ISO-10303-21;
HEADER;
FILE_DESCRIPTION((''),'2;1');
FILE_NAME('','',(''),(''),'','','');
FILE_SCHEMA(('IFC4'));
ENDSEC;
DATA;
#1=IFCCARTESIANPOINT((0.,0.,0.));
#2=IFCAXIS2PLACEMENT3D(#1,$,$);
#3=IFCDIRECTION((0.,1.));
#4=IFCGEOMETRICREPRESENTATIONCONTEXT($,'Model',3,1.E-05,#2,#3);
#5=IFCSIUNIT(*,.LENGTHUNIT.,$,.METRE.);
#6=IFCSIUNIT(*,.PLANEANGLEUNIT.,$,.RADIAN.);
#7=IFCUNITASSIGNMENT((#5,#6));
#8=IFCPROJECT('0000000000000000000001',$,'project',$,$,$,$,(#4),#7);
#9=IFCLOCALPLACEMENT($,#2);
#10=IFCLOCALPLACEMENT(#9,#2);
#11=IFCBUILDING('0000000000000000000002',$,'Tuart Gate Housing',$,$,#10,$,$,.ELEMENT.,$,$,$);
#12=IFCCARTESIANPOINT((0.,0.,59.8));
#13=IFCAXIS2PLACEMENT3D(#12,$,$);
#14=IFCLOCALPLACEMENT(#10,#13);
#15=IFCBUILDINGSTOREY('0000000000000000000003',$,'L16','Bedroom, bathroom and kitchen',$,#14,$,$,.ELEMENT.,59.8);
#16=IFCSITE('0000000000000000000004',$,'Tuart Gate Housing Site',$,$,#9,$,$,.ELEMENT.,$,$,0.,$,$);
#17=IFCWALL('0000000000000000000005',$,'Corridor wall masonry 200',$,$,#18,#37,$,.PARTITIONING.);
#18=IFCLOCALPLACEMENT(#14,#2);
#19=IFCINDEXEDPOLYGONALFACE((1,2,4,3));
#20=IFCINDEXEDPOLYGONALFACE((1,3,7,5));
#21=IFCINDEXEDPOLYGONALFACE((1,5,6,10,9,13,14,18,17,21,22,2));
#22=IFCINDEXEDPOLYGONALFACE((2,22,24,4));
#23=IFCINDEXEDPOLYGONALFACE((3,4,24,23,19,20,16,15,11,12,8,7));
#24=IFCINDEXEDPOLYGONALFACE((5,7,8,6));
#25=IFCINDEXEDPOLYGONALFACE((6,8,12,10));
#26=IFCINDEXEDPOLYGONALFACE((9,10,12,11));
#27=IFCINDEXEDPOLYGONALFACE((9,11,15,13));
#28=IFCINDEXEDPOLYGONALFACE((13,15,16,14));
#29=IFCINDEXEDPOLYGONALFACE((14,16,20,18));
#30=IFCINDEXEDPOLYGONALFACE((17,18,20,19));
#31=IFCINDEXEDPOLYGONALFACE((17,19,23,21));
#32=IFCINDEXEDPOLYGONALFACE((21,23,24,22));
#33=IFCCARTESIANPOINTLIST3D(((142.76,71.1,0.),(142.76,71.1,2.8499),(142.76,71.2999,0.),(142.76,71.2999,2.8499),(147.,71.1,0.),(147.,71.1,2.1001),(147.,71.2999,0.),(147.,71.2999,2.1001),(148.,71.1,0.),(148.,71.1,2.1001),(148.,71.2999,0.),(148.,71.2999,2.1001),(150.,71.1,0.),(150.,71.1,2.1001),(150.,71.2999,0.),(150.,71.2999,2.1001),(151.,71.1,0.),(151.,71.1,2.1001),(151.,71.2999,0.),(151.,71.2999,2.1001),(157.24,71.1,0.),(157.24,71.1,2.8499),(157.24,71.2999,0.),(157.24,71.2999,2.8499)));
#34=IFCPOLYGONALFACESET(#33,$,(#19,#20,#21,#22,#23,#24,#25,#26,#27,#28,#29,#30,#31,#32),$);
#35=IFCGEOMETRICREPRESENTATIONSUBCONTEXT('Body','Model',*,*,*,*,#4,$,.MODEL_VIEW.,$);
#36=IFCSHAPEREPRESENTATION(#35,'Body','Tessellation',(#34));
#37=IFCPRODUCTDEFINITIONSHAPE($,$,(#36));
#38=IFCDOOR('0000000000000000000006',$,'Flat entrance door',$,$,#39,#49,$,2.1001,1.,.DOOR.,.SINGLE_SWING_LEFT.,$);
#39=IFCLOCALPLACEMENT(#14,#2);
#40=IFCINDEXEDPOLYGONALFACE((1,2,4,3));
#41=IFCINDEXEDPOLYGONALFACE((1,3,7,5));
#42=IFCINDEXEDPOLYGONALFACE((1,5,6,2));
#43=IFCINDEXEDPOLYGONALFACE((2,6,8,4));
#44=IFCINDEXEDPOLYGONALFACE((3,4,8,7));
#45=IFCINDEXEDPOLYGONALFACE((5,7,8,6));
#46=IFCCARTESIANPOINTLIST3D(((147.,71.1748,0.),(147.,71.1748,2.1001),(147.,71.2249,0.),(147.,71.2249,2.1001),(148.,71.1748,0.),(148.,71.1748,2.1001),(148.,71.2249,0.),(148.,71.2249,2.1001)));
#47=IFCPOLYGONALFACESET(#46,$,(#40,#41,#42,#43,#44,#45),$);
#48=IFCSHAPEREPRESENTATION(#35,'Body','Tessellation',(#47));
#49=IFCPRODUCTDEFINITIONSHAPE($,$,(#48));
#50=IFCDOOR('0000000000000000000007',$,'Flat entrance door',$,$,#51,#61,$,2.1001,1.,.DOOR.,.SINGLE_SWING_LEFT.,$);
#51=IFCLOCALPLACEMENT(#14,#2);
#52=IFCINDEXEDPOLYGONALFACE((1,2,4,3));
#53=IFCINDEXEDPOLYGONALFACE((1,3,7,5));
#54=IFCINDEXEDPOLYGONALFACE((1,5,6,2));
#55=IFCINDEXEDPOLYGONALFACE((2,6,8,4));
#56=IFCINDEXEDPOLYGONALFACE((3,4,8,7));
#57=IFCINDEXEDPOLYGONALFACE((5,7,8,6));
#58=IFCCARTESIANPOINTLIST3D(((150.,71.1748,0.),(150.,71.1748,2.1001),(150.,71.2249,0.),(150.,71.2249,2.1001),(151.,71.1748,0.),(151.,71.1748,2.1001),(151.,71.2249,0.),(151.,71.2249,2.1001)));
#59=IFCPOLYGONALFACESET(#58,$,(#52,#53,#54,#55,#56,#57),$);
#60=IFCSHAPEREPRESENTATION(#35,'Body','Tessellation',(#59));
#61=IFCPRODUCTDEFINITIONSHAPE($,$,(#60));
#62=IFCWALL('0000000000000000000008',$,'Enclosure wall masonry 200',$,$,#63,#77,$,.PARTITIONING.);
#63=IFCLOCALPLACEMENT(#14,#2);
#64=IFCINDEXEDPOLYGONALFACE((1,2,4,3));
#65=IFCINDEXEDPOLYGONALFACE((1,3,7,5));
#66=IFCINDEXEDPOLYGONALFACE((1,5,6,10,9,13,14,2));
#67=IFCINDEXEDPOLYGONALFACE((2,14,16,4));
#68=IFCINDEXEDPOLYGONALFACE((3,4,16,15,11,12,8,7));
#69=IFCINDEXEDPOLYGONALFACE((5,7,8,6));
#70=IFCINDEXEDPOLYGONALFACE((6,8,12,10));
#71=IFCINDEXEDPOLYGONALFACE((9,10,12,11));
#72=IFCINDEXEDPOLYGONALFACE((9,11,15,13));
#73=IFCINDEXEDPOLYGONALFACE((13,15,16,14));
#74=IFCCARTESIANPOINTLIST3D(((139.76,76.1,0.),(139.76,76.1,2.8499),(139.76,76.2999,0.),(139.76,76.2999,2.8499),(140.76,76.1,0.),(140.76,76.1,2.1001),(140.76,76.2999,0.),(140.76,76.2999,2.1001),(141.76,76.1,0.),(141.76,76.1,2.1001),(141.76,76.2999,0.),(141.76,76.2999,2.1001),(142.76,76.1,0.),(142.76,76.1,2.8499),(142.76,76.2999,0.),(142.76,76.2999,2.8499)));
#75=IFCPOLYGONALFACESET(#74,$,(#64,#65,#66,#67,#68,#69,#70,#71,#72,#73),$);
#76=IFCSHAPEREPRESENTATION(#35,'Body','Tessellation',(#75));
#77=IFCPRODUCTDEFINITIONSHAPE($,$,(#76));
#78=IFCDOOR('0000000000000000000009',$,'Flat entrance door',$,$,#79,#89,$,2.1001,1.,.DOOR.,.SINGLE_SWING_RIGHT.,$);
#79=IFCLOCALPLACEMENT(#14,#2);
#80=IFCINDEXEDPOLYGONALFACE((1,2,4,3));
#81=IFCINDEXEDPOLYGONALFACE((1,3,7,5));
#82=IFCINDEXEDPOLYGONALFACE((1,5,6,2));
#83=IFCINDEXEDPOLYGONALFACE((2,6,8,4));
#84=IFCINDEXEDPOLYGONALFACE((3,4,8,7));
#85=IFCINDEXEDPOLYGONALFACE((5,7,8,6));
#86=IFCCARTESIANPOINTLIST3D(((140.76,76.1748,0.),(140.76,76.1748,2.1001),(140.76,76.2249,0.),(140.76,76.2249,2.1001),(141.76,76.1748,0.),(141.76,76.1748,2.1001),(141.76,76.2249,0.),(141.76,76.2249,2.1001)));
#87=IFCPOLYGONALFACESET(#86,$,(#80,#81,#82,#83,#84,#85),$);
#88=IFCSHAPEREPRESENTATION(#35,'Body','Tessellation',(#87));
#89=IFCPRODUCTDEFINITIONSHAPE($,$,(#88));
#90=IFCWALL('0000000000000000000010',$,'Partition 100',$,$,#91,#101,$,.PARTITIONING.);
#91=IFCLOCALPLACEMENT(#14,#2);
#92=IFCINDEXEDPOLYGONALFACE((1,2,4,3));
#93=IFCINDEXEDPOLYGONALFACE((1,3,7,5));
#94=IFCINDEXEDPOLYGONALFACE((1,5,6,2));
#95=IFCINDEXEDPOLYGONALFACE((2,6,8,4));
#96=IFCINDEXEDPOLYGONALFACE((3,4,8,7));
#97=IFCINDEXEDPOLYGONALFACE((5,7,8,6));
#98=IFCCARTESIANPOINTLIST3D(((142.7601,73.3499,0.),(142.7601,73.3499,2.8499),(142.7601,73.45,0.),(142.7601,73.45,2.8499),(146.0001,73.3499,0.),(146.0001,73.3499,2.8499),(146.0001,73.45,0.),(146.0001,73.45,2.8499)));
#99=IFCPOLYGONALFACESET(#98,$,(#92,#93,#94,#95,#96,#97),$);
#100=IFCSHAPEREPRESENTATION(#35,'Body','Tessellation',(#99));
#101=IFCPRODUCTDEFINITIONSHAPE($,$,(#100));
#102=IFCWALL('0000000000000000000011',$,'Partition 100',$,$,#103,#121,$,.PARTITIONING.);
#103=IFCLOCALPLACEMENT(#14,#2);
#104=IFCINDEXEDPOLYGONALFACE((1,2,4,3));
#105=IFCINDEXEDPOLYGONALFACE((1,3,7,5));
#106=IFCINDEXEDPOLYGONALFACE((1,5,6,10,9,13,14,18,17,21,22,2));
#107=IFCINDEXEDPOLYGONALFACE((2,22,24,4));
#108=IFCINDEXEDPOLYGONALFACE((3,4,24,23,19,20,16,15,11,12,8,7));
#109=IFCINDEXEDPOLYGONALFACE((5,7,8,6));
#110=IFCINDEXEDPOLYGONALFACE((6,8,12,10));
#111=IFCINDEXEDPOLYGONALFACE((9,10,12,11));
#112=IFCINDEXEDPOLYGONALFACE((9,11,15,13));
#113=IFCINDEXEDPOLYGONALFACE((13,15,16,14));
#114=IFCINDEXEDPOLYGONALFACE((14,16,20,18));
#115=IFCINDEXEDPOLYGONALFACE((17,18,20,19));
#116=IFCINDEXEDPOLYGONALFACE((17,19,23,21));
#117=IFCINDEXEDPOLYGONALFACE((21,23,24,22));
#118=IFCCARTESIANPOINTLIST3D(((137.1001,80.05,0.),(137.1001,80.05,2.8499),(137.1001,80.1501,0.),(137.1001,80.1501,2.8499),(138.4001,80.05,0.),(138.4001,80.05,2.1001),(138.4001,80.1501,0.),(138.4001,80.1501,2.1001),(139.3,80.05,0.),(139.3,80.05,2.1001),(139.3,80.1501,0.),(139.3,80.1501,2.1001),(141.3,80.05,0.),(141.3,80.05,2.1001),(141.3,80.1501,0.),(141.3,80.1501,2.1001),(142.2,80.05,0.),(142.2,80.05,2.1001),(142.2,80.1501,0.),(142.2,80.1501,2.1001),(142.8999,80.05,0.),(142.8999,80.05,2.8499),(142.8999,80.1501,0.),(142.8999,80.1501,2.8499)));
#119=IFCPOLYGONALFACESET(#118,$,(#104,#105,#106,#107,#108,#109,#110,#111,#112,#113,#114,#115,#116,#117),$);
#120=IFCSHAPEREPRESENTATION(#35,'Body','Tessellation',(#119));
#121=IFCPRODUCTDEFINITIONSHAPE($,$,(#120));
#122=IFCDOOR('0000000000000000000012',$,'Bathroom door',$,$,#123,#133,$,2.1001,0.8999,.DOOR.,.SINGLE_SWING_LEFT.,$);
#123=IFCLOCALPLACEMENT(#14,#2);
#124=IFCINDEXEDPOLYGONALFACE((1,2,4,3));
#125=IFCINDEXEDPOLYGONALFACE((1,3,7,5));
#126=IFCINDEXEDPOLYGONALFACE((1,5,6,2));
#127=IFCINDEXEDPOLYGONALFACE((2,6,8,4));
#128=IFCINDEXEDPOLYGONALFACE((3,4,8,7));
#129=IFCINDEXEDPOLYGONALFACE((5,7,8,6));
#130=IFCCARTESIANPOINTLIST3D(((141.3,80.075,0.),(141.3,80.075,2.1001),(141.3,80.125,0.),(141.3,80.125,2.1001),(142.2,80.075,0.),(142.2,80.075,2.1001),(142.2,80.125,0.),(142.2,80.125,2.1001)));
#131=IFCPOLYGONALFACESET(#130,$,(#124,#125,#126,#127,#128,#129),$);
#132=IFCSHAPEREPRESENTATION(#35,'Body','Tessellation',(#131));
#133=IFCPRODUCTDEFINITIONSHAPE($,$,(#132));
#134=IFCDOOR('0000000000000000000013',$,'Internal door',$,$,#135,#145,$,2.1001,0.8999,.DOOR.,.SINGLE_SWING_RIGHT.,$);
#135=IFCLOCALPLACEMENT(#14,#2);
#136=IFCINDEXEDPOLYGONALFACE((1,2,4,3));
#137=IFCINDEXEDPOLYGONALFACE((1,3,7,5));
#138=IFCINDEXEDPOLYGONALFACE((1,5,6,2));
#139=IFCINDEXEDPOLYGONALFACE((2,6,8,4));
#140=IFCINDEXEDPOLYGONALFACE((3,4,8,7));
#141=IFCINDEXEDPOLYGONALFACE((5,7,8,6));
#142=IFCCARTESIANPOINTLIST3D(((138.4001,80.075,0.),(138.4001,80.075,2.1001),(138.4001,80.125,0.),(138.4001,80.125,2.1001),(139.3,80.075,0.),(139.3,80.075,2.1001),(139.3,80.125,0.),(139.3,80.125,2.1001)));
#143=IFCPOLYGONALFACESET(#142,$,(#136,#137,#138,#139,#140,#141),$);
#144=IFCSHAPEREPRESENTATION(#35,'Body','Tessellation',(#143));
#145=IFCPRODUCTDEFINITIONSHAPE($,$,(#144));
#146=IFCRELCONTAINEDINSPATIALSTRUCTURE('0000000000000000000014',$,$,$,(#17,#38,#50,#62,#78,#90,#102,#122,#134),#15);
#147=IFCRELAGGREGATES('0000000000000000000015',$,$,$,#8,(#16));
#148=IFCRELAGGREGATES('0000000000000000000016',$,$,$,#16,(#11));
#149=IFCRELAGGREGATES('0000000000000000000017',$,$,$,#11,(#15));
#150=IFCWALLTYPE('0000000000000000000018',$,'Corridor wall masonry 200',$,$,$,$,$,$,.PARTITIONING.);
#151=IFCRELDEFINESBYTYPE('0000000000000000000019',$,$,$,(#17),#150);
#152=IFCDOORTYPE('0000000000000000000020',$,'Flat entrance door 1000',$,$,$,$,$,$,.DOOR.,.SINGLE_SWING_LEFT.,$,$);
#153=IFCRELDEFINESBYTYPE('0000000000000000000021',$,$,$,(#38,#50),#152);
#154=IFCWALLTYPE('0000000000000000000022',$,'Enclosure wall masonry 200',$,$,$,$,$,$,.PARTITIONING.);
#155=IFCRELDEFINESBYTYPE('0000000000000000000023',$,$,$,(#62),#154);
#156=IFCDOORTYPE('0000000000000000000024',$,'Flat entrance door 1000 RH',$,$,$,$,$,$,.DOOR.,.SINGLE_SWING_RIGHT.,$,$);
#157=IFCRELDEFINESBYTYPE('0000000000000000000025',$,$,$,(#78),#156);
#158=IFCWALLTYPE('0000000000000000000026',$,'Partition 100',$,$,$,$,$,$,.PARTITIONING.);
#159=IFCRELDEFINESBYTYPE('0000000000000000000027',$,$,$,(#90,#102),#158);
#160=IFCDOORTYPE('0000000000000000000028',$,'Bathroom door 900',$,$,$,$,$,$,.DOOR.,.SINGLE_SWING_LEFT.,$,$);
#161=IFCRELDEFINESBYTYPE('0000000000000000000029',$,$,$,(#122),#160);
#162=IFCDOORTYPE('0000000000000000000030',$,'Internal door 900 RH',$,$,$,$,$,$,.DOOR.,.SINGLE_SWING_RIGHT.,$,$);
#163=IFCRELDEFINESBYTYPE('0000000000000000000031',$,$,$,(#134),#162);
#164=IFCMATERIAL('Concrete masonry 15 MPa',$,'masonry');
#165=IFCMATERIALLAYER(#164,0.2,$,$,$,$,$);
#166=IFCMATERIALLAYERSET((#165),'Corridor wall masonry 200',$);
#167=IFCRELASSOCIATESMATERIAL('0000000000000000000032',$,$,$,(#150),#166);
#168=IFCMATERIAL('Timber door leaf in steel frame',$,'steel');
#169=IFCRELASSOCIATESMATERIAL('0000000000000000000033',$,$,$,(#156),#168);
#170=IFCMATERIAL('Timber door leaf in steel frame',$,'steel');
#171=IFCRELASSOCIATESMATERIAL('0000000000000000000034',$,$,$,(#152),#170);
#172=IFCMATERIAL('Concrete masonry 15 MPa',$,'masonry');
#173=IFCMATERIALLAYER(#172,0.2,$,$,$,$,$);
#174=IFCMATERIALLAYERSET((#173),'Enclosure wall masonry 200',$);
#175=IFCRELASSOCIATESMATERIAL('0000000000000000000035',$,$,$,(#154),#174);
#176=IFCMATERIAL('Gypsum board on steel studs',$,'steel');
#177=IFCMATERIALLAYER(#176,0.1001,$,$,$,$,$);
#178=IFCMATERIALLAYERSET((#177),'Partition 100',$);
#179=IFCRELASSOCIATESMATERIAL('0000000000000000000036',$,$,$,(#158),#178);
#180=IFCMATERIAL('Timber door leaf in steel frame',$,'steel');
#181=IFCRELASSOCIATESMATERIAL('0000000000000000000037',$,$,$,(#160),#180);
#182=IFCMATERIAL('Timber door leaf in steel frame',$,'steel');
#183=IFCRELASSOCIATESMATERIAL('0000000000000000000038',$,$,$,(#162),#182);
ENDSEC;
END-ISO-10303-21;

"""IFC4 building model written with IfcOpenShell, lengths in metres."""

from ifc_helpers import new_model, si_unit, direction, frame, frame_2d, origin, place, context, subcontext, project, spatial, rectangle, extrude, material, layer, layer_set, type_object, element, fill, save


model = new_model("IFC4")

# Units and contexts
model_context = context("Model", 3, precision=1e-05, world=origin(), true_north=direction((0.0, 1.0)))
body_context = subcontext(model_context, "Body", "Model", "MODEL_VIEW")
ifc_project = project(units=[si_unit("LENGTHUNIT", "METRE"), si_unit("PLANEANGLEUNIT", "RADIAN")], contexts=[model_context])

# Site, building, storey
site_placement = place(None, origin())
site = spatial("IfcSite", under=ifc_project, at=site_placement, Name="Tuart Gate Housing Site", CompositionType="ELEMENT", RefElevation=0.0)
building_placement = place(site_placement, origin())
building = spatial("IfcBuilding", under=site, at=building_placement, Name="Tuart Gate Housing", CompositionType="ELEMENT")
storey_placement = place(building_placement, frame((0.0, 0.0, 59.8)))
storey = spatial("IfcBuildingStorey", under=building, at=storey_placement, Name="L16", Description="Bedroom, bathroom and kitchen", CompositionType="ELEMENT", Elevation=59.8)

# Wall, openings, doors
ifc_material_1 = material(Name="Concrete masonry 15 MPa", Category="masonry")
ifc_layer_1 = layer(ifc_material_1, 0.2)
ifc_layer_set_1 = layer_set([ifc_layer_1], Name="Corridor wall masonry 200")
wall_type_1 = type_object("IfcWallType", Name="Corridor wall masonry 200", PredefinedType="PARTITIONING", material=ifc_layer_set_1)
ifc_material_2 = material(Name="Timber door leaf in steel frame", Category="steel")
door_type_1 = type_object("IfcDoorType", Name="Flat entrance door 1000 RH", OperationType="SINGLE_SWING_RIGHT", PredefinedType="DOOR", material=ifc_material_2)
wall_1_placement = place(storey_placement, frame((142.76, 71.2, 0.0), z_axis=(0.0, 0.0, 1.0), x_axis=(1.0, 0.0, 0.0)))
wall_1 = element("IfcWall", 1, at=wall_1_placement, inside=storey, type_object=wall_type_1, Name="Corridor wall masonry 200", PredefinedType="PARTITIONING", context=body_context, shape_type="SweptSolid", body=[
    extrude(rectangle(XDim=14.48, YDim=0.2, at=frame_2d((7.24, 0.0))), origin(), (0.0, 0.0, 1.0), 2.8499),
])
opening_1_placement = place(wall_1_placement, frame((4.24, 0.0, 0.0)))
opening_1 = element("IfcOpeningElement", 2, at=opening_1_placement, cuts=wall_1, PredefinedType="OPENING", context=body_context, shape_type="SweptSolid", body=[
    extrude(rectangle(XDim=1.0, YDim=2.1001, at=frame_2d((0.5, 1.05))), frame((0.0, 0.1099, 0.0), z_axis=(0.0, -1.0, 0.0), x_axis=(1.0, 0.0, 0.0)), (0.0, 0.0, 1.0), 0.22),
])
opening_2_placement = place(wall_1_placement, frame((7.24, 0.0, 0.0)))
opening_2 = element("IfcOpeningElement", 3, at=opening_2_placement, cuts=wall_1, PredefinedType="OPENING", context=body_context, shape_type="SweptSolid", body=[
    extrude(rectangle(XDim=1.0, YDim=2.1001, at=frame_2d((0.5, 1.05))), frame((0.0, 0.1099, 0.0), z_axis=(0.0, -1.0, 0.0), x_axis=(1.0, 0.0, 0.0)), (0.0, 0.0, 1.0), 0.22),
])
ifc_material_3 = material(Name="Timber door leaf in steel frame", Category="steel")
door_type_2 = type_object("IfcDoorType", Name="Flat entrance door 1000", OperationType="SINGLE_SWING_LEFT", PredefinedType="DOOR", material=ifc_material_3)
door_1_placement = place(opening_1_placement, origin())
door_1 = element("IfcDoor", 4, at=door_1_placement, inside=storey, type_object=door_type_2, Name="Flat entrance door", OperationType="SINGLE_SWING_LEFT", OverallHeight=2.1001, OverallWidth=1.0, PredefinedType="DOOR", context=body_context, shape_type="SweptSolid", body=[
    extrude(rectangle(XDim=1.0, YDim=2.1001, at=frame_2d((0.5, 1.05))), frame((0.0, 0.0249, 0.0), z_axis=(0.0, -1.0, 0.0), x_axis=(1.0, 0.0, 0.0)), (0.0, 0.0, 1.0), 0.05),
])
fill(opening_1, door_1)
door_2_placement = place(opening_2_placement, origin())
door_2 = element("IfcDoor", 5, at=door_2_placement, inside=storey, type_object=door_type_2, Name="Flat entrance door", OperationType="SINGLE_SWING_LEFT", OverallHeight=2.1001, OverallWidth=1.0, PredefinedType="DOOR", context=body_context, shape_type="SweptSolid", body=[
    extrude(rectangle(XDim=1.0, YDim=2.1001, at=frame_2d((0.5, 1.05))), frame((0.0, 0.0249, 0.0), z_axis=(0.0, -1.0, 0.0), x_axis=(1.0, 0.0, 0.0)), (0.0, 0.0, 1.0), 0.05),
])
fill(opening_2, door_2)

# Wall, opening, door
ifc_material_4 = material(Name="Concrete masonry 15 MPa", Category="masonry")
ifc_layer_2 = layer(ifc_material_4, 0.2)
ifc_layer_set_2 = layer_set([ifc_layer_2], Name="Enclosure wall masonry 200")
wall_type_2 = type_object("IfcWallType", Name="Enclosure wall masonry 200", PredefinedType="PARTITIONING", material=ifc_layer_set_2)
wall_2_placement = place(storey_placement, frame((139.76, 76.2, 0.0), z_axis=(0.0, 0.0, 1.0), x_axis=(1.0, 0.0, 0.0)))
wall_2 = element("IfcWall", 6, at=wall_2_placement, inside=storey, type_object=wall_type_2, Name="Enclosure wall masonry 200", PredefinedType="PARTITIONING", context=body_context, shape_type="SweptSolid", body=[
    extrude(rectangle(XDim=3.0, YDim=0.2, at=frame_2d((1.5, 0.0))), origin(), (0.0, 0.0, 1.0), 2.8499),
])
opening_3_placement = place(wall_2_placement, frame((1.0, 0.0, 0.0)))
opening_3 = element("IfcOpeningElement", 7, at=opening_3_placement, cuts=wall_2, PredefinedType="OPENING", context=body_context, shape_type="SweptSolid", body=[
    extrude(rectangle(XDim=1.0, YDim=2.1001, at=frame_2d((0.5, 1.05))), frame((0.0, 0.1099, 0.0), z_axis=(0.0, -1.0, 0.0), x_axis=(1.0, 0.0, 0.0)), (0.0, 0.0, 1.0), 0.22),
])
door_3_placement = place(opening_3_placement, origin())
door_3 = element("IfcDoor", 8, at=door_3_placement, inside=storey, type_object=door_type_1, Name="Flat entrance door", OperationType="SINGLE_SWING_RIGHT", OverallHeight=2.1001, OverallWidth=1.0, PredefinedType="DOOR", context=body_context, shape_type="SweptSolid", body=[
    extrude(rectangle(XDim=1.0, YDim=2.1001, at=frame_2d((0.5, 1.05))), frame((0.0, 0.0249, 0.0), z_axis=(0.0, -1.0, 0.0), x_axis=(1.0, 0.0, 0.0)), (0.0, 0.0, 1.0), 0.05),
])
fill(opening_3, door_3)

# Wall
ifc_material_5 = material(Name="Gypsum board on steel studs", Category="steel")
ifc_layer_3 = layer(ifc_material_5, 0.1001)
ifc_layer_set_3 = layer_set([ifc_layer_3], Name="Partition 100")
wall_type_3 = type_object("IfcWallType", Name="Partition 100", PredefinedType="PARTITIONING", material=ifc_layer_set_3)
wall_3_placement = place(storey_placement, frame((142.76, 73.3999, 0.0), z_axis=(0.0, 0.0, 1.0), x_axis=(1.0, 0.0, 0.0)))
element("IfcWall", 9, at=wall_3_placement, inside=storey, type_object=wall_type_3, Name="Partition 100", PredefinedType="PARTITIONING", context=body_context, shape_type="SweptSolid", body=[
    extrude(rectangle(XDim=3.24, YDim=0.1001, at=frame_2d((1.6201, 0.0))), origin(), (0.0, 0.0, 1.0), 2.8499),
])

# Wall, openings, doors
wall_4_placement = place(storey_placement, frame((137.1001, 80.1001, 0.0), z_axis=(0.0, 0.0, 1.0), x_axis=(1.0, 0.0, 0.0)))
wall_4 = element("IfcWall", 10, at=wall_4_placement, inside=storey, type_object=wall_type_3, Name="Partition 100", PredefinedType="PARTITIONING", context=body_context, shape_type="SweptSolid", body=[
    extrude(rectangle(XDim=5.7998, YDim=0.1001, at=frame_2d((2.8999, 0.0))), origin(), (0.0, 0.0, 1.0), 2.8499),
])
opening_4_placement = place(wall_4_placement, frame((1.3, 0.0, 0.0)))
opening_4 = element("IfcOpeningElement", 11, at=opening_4_placement, cuts=wall_4, PredefinedType="OPENING", context=body_context, shape_type="SweptSolid", body=[
    extrude(rectangle(XDim=0.8999, YDim=2.1001, at=frame_2d((0.45, 1.05))), frame((0.0, 0.0601, 0.0), z_axis=(0.0, -1.0, 0.0), x_axis=(1.0, 0.0, 0.0)), (0.0, 0.0, 1.0), 0.1201),
])
opening_5_placement = place(wall_4_placement, frame((4.2, 0.0, 0.0)))
opening_5 = element("IfcOpeningElement", 12, at=opening_5_placement, cuts=wall_4, PredefinedType="OPENING", context=body_context, shape_type="SweptSolid", body=[
    extrude(rectangle(XDim=0.8999, YDim=2.1001, at=frame_2d((0.45, 1.05))), frame((0.0, 0.0601, 0.0), z_axis=(0.0, -1.0, 0.0), x_axis=(1.0, 0.0, 0.0)), (0.0, 0.0, 1.0), 0.1201),
])
ifc_material_6 = material(Name="Timber door leaf in steel frame", Category="steel")
door_type_3 = type_object("IfcDoorType", Name="Bathroom door 900", OperationType="SINGLE_SWING_LEFT", PredefinedType="DOOR", material=ifc_material_6)
door_4_placement = place(opening_5_placement, origin())
door_4 = element("IfcDoor", 13, at=door_4_placement, inside=storey, type_object=door_type_3, Name="Bathroom door", OperationType="SINGLE_SWING_LEFT", OverallHeight=2.1001, OverallWidth=0.8999, PredefinedType="DOOR", context=body_context, shape_type="SweptSolid", body=[
    extrude(rectangle(XDim=0.8999, YDim=2.1001, at=frame_2d((0.45, 1.05))), frame((0.0, 0.0249, 0.0), z_axis=(0.0, -1.0, 0.0), x_axis=(1.0, 0.0, 0.0)), (0.0, 0.0, 1.0), 0.05),
])
fill(opening_5, door_4)
ifc_material_7 = material(Name="Timber door leaf in steel frame", Category="steel")
door_type_4 = type_object("IfcDoorType", Name="Internal door 900 RH", OperationType="SINGLE_SWING_RIGHT", PredefinedType="DOOR", material=ifc_material_7)
door_5_placement = place(opening_4_placement, origin())
door_5 = element("IfcDoor", 14, at=door_5_placement, inside=storey, type_object=door_type_4, Name="Internal door", OperationType="SINGLE_SWING_RIGHT", OverallHeight=2.1001, OverallWidth=0.8999, PredefinedType="DOOR", context=body_context, shape_type="SweptSolid", body=[
    extrude(rectangle(XDim=0.8999, YDim=2.1001, at=frame_2d((0.45, 1.05))), frame((0.0, 0.0249, 0.0), z_axis=(0.0, -1.0, 0.0), x_axis=(1.0, 0.0, 0.0)), (0.0, 0.0, 1.0), 0.05),
])
fill(opening_4, door_5)

save(model, "model.ifc")
